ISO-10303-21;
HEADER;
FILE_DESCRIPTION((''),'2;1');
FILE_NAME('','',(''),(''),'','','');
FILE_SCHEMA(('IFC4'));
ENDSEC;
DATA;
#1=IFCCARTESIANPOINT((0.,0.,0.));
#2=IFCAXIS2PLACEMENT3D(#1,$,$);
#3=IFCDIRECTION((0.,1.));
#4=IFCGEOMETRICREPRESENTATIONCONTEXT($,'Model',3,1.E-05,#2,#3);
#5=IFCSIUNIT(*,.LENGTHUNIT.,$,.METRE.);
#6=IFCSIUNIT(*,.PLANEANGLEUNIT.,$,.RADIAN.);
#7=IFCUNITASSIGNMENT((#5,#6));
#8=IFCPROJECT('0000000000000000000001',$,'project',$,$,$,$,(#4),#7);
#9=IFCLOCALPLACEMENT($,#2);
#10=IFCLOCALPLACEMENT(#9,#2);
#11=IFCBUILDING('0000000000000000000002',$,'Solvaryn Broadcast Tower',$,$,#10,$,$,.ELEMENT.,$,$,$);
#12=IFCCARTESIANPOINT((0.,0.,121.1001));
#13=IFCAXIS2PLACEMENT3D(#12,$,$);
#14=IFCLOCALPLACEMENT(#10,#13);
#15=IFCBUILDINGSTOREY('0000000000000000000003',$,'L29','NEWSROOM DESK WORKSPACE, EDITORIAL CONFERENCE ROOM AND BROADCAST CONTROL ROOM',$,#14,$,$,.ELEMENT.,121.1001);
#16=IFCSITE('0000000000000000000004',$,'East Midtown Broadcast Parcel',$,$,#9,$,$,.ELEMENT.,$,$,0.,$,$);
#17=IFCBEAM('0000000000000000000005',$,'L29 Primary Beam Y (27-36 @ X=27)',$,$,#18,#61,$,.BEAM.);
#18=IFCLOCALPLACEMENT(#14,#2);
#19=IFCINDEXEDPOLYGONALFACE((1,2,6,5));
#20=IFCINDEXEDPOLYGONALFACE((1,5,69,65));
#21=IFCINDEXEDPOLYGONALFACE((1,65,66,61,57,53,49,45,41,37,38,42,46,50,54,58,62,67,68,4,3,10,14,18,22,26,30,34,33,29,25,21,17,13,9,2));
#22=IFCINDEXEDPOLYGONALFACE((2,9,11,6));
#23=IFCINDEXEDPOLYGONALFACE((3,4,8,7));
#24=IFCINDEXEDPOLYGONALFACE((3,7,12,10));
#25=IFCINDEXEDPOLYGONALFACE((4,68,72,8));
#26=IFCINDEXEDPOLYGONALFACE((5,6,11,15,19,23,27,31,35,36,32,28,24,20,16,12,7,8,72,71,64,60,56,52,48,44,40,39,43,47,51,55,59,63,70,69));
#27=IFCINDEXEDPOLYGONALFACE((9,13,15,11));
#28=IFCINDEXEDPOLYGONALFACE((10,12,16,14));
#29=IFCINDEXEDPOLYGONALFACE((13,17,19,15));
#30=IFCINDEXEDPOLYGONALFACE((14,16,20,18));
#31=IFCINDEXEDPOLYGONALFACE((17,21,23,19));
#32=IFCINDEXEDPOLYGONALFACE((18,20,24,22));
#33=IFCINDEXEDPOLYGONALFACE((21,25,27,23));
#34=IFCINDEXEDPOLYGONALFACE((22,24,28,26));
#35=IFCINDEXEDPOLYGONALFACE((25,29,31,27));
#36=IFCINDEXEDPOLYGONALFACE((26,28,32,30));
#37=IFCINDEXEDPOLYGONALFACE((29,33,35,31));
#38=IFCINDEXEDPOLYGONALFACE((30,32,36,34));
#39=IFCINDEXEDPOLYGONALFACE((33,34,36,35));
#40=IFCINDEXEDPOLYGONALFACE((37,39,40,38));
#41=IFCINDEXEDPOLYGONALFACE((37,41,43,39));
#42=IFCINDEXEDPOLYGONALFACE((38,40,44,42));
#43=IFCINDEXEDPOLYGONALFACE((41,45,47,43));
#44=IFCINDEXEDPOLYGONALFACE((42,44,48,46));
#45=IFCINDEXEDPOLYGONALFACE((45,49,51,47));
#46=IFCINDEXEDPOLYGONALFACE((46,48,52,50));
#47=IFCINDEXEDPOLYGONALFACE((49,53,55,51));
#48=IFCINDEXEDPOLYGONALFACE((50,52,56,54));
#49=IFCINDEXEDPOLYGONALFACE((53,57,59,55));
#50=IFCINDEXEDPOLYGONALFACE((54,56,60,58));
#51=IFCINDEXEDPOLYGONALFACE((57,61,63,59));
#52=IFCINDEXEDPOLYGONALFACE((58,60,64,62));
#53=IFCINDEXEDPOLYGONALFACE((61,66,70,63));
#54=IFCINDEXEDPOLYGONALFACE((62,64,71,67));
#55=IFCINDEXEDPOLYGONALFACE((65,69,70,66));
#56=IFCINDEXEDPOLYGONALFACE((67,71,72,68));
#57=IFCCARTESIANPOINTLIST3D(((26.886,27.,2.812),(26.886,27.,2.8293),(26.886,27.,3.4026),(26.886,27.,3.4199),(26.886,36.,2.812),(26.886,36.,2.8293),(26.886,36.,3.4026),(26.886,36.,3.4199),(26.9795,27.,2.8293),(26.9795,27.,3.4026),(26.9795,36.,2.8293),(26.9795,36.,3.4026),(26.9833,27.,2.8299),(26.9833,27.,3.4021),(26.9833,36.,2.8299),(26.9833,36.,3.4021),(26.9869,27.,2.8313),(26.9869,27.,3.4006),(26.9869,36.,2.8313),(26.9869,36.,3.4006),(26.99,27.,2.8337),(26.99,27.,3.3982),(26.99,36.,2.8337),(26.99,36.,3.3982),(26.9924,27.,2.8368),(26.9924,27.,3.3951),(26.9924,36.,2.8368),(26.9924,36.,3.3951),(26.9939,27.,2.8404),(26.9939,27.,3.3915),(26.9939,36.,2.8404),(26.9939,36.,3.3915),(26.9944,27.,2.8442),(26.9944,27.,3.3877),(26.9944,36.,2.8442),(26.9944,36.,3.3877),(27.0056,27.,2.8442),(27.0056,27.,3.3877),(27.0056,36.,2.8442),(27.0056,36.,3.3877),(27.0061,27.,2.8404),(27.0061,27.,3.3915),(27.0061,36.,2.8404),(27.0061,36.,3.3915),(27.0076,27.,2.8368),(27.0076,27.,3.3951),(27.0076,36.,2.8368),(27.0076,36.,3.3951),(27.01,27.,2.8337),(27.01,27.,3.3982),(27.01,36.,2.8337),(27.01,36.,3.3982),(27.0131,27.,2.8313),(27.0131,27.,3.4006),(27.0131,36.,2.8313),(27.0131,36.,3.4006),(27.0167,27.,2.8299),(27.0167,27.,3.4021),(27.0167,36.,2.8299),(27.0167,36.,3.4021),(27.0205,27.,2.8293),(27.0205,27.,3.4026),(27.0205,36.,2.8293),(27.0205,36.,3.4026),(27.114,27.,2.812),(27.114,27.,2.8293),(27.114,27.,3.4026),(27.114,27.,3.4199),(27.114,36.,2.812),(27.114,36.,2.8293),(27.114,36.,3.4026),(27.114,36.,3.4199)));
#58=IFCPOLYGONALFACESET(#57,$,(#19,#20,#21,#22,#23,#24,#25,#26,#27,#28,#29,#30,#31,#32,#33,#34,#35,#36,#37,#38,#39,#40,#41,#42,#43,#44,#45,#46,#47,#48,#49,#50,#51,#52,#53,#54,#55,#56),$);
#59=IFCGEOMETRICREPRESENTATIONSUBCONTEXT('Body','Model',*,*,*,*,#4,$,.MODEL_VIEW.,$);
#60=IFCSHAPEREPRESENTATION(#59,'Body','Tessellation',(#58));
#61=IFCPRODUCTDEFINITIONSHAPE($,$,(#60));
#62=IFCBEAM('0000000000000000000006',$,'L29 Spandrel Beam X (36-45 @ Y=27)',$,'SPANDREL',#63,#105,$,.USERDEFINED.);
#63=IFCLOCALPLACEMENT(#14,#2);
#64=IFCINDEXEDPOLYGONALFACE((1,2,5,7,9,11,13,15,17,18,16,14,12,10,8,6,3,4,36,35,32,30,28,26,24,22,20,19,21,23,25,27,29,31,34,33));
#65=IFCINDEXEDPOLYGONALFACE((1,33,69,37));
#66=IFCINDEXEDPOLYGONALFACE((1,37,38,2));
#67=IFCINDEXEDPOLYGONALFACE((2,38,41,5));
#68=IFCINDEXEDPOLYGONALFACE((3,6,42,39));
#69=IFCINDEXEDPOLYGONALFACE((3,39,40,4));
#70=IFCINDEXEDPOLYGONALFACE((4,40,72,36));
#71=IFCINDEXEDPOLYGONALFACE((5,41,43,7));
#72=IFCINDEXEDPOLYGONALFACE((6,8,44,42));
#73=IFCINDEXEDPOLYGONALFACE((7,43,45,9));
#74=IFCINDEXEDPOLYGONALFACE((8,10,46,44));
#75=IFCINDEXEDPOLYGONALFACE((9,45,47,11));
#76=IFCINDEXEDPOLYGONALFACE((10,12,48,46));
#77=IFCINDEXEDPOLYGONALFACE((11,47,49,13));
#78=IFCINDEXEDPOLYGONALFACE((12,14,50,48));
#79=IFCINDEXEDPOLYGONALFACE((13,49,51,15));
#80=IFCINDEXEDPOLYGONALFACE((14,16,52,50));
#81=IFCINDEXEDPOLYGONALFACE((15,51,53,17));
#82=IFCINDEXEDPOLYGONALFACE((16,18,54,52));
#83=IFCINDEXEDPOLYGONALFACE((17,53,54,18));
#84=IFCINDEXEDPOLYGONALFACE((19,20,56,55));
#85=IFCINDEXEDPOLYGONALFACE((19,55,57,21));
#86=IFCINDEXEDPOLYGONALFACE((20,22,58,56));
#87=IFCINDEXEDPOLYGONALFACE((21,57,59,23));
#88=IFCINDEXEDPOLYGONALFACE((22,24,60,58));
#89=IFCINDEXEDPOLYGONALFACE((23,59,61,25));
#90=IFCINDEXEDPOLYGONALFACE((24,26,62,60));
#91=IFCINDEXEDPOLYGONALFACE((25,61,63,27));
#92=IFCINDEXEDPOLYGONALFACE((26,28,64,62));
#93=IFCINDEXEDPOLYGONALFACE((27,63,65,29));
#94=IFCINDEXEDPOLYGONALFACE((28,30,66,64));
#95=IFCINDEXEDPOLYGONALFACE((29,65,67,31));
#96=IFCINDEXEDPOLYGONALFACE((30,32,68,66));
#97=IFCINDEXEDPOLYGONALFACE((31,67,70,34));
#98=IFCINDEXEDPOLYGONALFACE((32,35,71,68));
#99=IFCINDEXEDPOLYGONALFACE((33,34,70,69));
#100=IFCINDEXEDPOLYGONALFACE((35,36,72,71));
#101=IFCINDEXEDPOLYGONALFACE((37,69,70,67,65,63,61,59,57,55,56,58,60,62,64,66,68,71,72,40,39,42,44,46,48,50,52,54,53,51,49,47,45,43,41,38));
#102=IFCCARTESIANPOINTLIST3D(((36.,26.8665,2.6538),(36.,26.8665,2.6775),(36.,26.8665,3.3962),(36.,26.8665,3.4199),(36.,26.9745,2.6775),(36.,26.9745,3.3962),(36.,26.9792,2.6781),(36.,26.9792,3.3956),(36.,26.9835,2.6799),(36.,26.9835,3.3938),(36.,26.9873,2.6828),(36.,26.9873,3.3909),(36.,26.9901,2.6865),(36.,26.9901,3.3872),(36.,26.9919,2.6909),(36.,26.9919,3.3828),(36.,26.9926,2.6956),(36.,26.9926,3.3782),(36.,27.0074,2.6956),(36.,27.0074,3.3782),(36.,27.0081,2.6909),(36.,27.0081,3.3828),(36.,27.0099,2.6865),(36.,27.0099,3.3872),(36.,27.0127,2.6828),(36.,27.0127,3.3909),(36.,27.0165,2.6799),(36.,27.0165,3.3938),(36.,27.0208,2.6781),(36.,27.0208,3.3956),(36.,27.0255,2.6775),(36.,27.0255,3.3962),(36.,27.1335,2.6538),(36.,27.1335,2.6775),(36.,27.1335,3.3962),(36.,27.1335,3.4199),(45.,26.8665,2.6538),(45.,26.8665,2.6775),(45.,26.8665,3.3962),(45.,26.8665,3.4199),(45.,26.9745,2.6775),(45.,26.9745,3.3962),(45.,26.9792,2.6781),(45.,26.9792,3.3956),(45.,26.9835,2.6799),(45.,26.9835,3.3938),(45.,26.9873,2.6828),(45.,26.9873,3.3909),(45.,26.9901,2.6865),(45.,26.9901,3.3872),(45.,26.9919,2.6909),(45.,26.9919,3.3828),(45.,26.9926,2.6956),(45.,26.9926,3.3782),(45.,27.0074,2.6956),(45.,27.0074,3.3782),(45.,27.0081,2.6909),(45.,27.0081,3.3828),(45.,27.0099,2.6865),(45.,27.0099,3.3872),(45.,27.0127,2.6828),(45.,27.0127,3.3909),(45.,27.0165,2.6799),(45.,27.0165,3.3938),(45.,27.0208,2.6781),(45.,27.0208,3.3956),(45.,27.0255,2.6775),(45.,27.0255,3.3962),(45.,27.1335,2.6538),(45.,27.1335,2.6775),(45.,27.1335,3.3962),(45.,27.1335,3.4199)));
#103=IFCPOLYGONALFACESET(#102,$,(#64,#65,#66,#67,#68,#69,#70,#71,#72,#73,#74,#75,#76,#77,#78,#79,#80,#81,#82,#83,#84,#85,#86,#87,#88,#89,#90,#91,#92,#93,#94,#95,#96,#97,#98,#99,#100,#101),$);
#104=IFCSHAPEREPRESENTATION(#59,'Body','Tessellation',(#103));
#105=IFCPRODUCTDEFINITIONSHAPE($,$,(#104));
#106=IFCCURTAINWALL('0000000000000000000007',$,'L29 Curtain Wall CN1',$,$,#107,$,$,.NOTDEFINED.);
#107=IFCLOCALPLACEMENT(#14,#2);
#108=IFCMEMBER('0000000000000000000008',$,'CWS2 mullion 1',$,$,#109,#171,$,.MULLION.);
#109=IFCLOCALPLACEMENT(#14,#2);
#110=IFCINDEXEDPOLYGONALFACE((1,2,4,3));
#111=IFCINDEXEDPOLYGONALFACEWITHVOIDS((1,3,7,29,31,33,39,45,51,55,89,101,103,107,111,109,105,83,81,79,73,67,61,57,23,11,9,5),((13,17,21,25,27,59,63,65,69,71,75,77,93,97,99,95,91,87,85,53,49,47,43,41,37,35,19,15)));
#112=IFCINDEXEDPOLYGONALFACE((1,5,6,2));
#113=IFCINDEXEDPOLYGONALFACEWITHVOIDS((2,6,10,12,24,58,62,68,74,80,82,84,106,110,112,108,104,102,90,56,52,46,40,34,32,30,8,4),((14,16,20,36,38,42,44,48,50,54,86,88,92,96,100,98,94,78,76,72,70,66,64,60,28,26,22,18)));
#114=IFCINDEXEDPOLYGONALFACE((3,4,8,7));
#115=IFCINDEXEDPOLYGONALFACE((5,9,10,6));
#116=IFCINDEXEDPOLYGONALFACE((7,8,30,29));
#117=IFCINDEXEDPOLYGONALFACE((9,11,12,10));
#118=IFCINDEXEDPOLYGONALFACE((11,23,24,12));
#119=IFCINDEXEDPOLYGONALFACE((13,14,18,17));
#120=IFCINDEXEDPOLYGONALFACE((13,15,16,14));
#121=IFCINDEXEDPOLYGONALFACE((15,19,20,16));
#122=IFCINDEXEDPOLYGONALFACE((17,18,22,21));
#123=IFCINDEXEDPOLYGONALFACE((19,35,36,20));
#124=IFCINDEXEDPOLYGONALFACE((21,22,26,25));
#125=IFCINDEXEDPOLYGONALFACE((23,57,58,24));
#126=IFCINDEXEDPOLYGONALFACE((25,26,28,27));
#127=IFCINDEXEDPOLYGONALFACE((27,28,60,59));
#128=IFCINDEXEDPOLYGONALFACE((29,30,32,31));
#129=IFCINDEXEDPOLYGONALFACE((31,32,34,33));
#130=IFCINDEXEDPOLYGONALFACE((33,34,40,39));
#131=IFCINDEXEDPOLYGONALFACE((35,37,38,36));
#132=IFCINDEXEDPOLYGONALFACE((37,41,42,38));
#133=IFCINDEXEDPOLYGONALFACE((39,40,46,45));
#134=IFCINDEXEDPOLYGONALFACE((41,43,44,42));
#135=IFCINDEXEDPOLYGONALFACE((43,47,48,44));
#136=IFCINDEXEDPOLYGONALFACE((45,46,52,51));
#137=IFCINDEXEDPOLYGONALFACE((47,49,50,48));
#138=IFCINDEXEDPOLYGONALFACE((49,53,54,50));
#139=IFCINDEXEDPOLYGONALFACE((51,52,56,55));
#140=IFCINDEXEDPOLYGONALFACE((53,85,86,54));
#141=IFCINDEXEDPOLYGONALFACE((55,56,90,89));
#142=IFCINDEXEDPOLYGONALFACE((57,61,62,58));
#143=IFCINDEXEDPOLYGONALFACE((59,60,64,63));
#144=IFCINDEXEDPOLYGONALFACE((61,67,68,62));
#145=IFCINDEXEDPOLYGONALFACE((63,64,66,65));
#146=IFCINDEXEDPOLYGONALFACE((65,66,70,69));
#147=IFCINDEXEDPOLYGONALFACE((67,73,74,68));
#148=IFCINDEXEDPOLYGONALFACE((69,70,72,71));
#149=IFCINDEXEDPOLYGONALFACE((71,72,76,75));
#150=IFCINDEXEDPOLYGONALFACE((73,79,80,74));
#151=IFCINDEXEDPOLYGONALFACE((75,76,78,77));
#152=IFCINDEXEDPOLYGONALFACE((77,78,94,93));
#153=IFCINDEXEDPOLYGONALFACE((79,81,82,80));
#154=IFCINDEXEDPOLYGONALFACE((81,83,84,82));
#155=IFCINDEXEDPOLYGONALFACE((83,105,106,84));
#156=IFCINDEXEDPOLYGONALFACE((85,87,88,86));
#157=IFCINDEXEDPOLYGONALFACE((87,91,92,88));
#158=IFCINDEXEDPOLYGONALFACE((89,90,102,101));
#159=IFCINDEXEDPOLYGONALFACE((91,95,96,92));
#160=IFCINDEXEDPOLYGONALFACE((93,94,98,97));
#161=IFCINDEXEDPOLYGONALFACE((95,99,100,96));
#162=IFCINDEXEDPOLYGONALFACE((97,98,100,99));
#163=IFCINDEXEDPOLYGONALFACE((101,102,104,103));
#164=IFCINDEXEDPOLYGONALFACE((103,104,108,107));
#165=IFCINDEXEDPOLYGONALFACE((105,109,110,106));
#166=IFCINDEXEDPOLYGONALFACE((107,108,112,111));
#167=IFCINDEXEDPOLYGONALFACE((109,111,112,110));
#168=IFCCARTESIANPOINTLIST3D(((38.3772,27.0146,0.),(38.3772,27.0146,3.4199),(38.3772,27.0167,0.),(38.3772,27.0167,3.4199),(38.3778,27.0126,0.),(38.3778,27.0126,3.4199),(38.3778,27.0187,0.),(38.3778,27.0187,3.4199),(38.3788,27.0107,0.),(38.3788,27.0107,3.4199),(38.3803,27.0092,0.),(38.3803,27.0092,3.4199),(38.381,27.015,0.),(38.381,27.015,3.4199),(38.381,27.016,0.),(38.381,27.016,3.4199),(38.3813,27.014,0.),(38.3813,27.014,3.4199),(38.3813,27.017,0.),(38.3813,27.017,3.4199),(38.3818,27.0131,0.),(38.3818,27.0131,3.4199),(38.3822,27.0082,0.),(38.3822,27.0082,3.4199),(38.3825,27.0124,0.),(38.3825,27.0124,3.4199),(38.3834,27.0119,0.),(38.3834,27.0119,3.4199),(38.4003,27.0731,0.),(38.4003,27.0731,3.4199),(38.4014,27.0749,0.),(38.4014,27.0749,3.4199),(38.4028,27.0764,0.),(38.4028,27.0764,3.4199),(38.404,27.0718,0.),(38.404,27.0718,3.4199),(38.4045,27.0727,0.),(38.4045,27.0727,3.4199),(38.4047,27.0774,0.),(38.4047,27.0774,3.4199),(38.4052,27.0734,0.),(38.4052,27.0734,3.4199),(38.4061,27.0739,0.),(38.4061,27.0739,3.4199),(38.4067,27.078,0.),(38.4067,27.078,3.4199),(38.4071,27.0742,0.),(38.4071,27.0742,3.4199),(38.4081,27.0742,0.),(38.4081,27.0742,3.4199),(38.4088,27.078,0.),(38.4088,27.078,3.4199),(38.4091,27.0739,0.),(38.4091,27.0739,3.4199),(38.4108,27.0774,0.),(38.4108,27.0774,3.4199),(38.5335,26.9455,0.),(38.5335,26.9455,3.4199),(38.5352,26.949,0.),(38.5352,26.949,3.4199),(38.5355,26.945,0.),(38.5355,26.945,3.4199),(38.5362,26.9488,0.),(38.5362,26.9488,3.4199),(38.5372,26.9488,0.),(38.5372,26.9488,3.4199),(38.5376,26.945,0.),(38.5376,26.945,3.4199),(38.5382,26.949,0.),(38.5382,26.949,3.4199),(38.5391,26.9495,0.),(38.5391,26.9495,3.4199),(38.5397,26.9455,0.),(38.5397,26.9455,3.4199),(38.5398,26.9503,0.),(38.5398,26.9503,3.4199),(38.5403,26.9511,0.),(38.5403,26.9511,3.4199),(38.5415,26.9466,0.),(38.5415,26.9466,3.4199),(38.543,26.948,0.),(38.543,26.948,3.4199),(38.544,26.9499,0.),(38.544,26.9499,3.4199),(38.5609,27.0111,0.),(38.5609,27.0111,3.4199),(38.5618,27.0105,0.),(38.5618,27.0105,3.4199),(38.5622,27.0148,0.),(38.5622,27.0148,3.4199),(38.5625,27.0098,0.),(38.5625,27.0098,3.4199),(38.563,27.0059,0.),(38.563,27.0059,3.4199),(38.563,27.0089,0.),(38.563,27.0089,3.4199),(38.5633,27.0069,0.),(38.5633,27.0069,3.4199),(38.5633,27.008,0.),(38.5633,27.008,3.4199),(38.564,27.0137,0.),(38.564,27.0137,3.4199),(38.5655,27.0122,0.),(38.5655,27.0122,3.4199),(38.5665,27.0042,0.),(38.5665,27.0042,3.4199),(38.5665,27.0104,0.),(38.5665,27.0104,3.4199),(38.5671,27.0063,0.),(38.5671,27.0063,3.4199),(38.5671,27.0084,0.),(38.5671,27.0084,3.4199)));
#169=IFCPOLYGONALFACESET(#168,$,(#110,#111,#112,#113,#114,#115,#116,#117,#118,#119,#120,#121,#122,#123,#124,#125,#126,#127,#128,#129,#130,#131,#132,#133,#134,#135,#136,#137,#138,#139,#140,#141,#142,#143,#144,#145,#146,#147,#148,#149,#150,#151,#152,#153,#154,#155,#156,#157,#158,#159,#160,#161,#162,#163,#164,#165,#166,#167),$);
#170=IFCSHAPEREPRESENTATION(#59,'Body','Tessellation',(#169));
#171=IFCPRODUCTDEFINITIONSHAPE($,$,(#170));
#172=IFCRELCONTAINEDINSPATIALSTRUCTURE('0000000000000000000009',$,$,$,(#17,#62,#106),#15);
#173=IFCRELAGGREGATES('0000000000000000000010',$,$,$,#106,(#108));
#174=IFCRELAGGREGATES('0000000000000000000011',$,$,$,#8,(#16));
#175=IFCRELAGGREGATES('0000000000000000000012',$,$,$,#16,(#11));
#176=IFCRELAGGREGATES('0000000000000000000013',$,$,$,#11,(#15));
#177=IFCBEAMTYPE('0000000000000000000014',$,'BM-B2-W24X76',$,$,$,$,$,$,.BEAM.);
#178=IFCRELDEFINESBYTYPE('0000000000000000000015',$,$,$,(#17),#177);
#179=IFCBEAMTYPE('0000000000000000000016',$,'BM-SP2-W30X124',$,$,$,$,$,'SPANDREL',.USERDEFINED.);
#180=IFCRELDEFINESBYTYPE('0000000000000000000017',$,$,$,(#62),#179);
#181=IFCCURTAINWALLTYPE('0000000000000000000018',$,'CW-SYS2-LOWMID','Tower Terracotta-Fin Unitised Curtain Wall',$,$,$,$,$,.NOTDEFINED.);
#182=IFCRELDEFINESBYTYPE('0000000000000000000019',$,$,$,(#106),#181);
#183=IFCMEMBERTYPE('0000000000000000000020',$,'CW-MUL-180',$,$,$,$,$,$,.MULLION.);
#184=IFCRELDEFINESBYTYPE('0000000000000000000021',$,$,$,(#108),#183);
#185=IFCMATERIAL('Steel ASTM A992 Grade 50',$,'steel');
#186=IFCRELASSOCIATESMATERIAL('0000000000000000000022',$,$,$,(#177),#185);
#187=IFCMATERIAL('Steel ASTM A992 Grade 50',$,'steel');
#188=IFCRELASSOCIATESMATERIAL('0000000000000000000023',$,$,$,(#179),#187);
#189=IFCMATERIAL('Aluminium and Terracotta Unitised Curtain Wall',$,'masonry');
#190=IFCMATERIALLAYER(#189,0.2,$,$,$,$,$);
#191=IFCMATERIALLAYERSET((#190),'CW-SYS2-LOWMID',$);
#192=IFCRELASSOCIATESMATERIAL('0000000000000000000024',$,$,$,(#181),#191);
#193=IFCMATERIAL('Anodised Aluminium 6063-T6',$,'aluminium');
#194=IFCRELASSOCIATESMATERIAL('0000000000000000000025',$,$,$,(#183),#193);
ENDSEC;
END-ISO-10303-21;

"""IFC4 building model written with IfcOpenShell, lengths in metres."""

from ifc_helpers import new_model, si_unit, direction, frame, origin, origin_2d, place, context, subcontext, project, spatial, hollow_rectangle, i_section, extrude, material, layer, layer_set, material_profile, profile_set, type_object, element, aggregate, save


model = new_model("IFC4")

# Units and contexts
model_context = context("Model", 3, precision=1e-05, world=origin(), true_north=direction((0.0, 1.0)))
body_context = subcontext(model_context, "Body", "Model", "MODEL_VIEW")
ifc_project = project(units=[si_unit("LENGTHUNIT", "METRE"), si_unit("PLANEANGLEUNIT", "RADIAN")], contexts=[model_context])

# Site, building, storey
site_placement = place(None, origin())
site = spatial("IfcSite", under=ifc_project, at=site_placement, Name="East Midtown Broadcast Parcel", CompositionType="ELEMENT", RefElevation=0.0)
building_placement = place(site_placement, origin())
building = spatial("IfcBuilding", under=site, at=building_placement, Name="Solvaryn Broadcast Tower", CompositionType="ELEMENT")
storey_placement = place(building_placement, frame((0.0, 0.0, 121.1001)))
storey = spatial("IfcBuildingStorey", under=building, at=storey_placement, Name="L29", Description="NEWSROOM DESK WORKSPACE, EDITORIAL CONFERENCE ROOM AND BROADCAST CONTROL ROOM", CompositionType="ELEMENT", Elevation=121.1001)

# Beams
ifc_material_1 = material(Name="Steel ASTM A992 Grade 50", Category="steel")
ifc_material_profile_1 = material_profile(ifc_material_1, i_section(OverallWidth=0.228, OverallDepth=0.6079, WebThickness=0.0112, FlangeThickness=0.0173, FilletRadius=0.0149, at=origin_2d()))
ifc_profile_set_1 = profile_set([ifc_material_profile_1], Name="Steel ASTM A992 Grade 50")
beam_type_1 = type_object("IfcBeamType", Name="BM-B2-W24X76", PredefinedType="BEAM", material=ifc_profile_set_1)
beam_1_placement = place(storey_placement, frame((27.0, 27.0, 3.116), z_axis=(0.0, 1.0, 0.0), x_axis=(-1.0, 0.0, 0.0)))
element("IfcBeam", 1, at=beam_1_placement, inside=storey, type_object=beam_type_1, Name="L29 Primary Beam Y (27-36 @ X=27)", PredefinedType="BEAM", context=body_context, shape_type="SweptSolid", body=[
    extrude(i_section(OverallWidth=0.228, OverallDepth=0.6079, WebThickness=0.0112, FlangeThickness=0.0173, FilletRadius=0.0149, at=origin_2d()), origin(), (0.0, 0.0, 1.0), 9.0),
])
ifc_material_2 = material(Name="Steel ASTM A992 Grade 50", Category="steel")
ifc_material_profile_2 = material_profile(ifc_material_2, i_section(OverallWidth=0.2671, OverallDepth=0.7661, WebThickness=0.0149, FlangeThickness=0.0237, FilletRadius=0.0181, at=origin_2d()))
ifc_profile_set_2 = profile_set([ifc_material_profile_2], Name="Steel ASTM A992 Grade 50")
beam_type_2 = type_object("IfcBeamType", Name="BM-SP2-W30X124", ElementType="SPANDREL", PredefinedType="USERDEFINED", material=ifc_profile_set_2)
beam_2_placement = place(storey_placement, frame((36.0, 27.0, 3.0369), z_axis=(1.0, 0.0, 0.0), x_axis=(0.0, 1.0, 0.0)))
element("IfcBeam", 2, at=beam_2_placement, inside=storey, type_object=beam_type_2, Name="L29 Spandrel Beam X (36-45 @ Y=27)", ObjectType="SPANDREL", PredefinedType="USERDEFINED", context=body_context, shape_type="SweptSolid", body=[
    extrude(i_section(OverallWidth=0.2671, OverallDepth=0.7661, WebThickness=0.0149, FlangeThickness=0.0237, FilletRadius=0.0181, at=origin_2d()), origin(), (0.0, 0.0, 1.0), 9.0),
])

# Curtain wall, member
ifc_material_3 = material(Name="Aluminium and Terracotta Unitised Curtain Wall", Category="masonry")
ifc_layer_1 = layer(ifc_material_3, 0.2)
ifc_layer_set_1 = layer_set([ifc_layer_1], Name="CW-SYS2-LOWMID")
curtain_wall_type = type_object("IfcCurtainWallType", Name="CW-SYS2-LOWMID", Description="Tower Terracotta-Fin Unitised Curtain Wall", PredefinedType="NOTDEFINED", material=ifc_layer_set_1)
curtain_wall_1_placement = place(storey_placement, origin())
curtain_wall_1 = element("IfcCurtainWall", 3, at=curtain_wall_1_placement, inside=storey, type_object=curtain_wall_type, Name="L29 Curtain Wall CN1", PredefinedType="NOTDEFINED")
ifc_material_4 = material(Name="Anodised Aluminium 6063-T6", Category="aluminium")
ifc_material_profile_3 = material_profile(ifc_material_4, hollow_rectangle(XDim=0.075, YDim=0.1799, WallThickness=0.0039, InnerFilletRadius=0.0039, OuterFilletRadius=0.0081, at=origin_2d()))
ifc_profile_set_3 = profile_set([ifc_material_profile_3], Name="Anodised Aluminium 6063-T6")
member_type_1 = type_object("IfcMemberType", Name="CW-MUL-180", PredefinedType="MULLION", material=ifc_profile_set_3)
member_1_placement = place(storey_placement, frame((38.4722, 27.0115, 0.0), z_axis=(0.0, 0.0, 1.0), x_axis=(-0.382646, -0.923895, 0.0)))
member_1 = element("IfcMember", 4, at=member_1_placement, type_object=member_type_1, Name="CWS2 mullion 1", PredefinedType="MULLION", context=body_context, shape_type="SweptSolid", body=[
    extrude(hollow_rectangle(XDim=0.075, YDim=0.1799, WallThickness=0.0039, InnerFilletRadius=0.0039, OuterFilletRadius=0.0081, at=origin_2d()), origin(), (0.0, 0.0, 1.0), 3.4199),
])

aggregate(curtain_wall_1, [member_1])

save(model, "model.ifc")
